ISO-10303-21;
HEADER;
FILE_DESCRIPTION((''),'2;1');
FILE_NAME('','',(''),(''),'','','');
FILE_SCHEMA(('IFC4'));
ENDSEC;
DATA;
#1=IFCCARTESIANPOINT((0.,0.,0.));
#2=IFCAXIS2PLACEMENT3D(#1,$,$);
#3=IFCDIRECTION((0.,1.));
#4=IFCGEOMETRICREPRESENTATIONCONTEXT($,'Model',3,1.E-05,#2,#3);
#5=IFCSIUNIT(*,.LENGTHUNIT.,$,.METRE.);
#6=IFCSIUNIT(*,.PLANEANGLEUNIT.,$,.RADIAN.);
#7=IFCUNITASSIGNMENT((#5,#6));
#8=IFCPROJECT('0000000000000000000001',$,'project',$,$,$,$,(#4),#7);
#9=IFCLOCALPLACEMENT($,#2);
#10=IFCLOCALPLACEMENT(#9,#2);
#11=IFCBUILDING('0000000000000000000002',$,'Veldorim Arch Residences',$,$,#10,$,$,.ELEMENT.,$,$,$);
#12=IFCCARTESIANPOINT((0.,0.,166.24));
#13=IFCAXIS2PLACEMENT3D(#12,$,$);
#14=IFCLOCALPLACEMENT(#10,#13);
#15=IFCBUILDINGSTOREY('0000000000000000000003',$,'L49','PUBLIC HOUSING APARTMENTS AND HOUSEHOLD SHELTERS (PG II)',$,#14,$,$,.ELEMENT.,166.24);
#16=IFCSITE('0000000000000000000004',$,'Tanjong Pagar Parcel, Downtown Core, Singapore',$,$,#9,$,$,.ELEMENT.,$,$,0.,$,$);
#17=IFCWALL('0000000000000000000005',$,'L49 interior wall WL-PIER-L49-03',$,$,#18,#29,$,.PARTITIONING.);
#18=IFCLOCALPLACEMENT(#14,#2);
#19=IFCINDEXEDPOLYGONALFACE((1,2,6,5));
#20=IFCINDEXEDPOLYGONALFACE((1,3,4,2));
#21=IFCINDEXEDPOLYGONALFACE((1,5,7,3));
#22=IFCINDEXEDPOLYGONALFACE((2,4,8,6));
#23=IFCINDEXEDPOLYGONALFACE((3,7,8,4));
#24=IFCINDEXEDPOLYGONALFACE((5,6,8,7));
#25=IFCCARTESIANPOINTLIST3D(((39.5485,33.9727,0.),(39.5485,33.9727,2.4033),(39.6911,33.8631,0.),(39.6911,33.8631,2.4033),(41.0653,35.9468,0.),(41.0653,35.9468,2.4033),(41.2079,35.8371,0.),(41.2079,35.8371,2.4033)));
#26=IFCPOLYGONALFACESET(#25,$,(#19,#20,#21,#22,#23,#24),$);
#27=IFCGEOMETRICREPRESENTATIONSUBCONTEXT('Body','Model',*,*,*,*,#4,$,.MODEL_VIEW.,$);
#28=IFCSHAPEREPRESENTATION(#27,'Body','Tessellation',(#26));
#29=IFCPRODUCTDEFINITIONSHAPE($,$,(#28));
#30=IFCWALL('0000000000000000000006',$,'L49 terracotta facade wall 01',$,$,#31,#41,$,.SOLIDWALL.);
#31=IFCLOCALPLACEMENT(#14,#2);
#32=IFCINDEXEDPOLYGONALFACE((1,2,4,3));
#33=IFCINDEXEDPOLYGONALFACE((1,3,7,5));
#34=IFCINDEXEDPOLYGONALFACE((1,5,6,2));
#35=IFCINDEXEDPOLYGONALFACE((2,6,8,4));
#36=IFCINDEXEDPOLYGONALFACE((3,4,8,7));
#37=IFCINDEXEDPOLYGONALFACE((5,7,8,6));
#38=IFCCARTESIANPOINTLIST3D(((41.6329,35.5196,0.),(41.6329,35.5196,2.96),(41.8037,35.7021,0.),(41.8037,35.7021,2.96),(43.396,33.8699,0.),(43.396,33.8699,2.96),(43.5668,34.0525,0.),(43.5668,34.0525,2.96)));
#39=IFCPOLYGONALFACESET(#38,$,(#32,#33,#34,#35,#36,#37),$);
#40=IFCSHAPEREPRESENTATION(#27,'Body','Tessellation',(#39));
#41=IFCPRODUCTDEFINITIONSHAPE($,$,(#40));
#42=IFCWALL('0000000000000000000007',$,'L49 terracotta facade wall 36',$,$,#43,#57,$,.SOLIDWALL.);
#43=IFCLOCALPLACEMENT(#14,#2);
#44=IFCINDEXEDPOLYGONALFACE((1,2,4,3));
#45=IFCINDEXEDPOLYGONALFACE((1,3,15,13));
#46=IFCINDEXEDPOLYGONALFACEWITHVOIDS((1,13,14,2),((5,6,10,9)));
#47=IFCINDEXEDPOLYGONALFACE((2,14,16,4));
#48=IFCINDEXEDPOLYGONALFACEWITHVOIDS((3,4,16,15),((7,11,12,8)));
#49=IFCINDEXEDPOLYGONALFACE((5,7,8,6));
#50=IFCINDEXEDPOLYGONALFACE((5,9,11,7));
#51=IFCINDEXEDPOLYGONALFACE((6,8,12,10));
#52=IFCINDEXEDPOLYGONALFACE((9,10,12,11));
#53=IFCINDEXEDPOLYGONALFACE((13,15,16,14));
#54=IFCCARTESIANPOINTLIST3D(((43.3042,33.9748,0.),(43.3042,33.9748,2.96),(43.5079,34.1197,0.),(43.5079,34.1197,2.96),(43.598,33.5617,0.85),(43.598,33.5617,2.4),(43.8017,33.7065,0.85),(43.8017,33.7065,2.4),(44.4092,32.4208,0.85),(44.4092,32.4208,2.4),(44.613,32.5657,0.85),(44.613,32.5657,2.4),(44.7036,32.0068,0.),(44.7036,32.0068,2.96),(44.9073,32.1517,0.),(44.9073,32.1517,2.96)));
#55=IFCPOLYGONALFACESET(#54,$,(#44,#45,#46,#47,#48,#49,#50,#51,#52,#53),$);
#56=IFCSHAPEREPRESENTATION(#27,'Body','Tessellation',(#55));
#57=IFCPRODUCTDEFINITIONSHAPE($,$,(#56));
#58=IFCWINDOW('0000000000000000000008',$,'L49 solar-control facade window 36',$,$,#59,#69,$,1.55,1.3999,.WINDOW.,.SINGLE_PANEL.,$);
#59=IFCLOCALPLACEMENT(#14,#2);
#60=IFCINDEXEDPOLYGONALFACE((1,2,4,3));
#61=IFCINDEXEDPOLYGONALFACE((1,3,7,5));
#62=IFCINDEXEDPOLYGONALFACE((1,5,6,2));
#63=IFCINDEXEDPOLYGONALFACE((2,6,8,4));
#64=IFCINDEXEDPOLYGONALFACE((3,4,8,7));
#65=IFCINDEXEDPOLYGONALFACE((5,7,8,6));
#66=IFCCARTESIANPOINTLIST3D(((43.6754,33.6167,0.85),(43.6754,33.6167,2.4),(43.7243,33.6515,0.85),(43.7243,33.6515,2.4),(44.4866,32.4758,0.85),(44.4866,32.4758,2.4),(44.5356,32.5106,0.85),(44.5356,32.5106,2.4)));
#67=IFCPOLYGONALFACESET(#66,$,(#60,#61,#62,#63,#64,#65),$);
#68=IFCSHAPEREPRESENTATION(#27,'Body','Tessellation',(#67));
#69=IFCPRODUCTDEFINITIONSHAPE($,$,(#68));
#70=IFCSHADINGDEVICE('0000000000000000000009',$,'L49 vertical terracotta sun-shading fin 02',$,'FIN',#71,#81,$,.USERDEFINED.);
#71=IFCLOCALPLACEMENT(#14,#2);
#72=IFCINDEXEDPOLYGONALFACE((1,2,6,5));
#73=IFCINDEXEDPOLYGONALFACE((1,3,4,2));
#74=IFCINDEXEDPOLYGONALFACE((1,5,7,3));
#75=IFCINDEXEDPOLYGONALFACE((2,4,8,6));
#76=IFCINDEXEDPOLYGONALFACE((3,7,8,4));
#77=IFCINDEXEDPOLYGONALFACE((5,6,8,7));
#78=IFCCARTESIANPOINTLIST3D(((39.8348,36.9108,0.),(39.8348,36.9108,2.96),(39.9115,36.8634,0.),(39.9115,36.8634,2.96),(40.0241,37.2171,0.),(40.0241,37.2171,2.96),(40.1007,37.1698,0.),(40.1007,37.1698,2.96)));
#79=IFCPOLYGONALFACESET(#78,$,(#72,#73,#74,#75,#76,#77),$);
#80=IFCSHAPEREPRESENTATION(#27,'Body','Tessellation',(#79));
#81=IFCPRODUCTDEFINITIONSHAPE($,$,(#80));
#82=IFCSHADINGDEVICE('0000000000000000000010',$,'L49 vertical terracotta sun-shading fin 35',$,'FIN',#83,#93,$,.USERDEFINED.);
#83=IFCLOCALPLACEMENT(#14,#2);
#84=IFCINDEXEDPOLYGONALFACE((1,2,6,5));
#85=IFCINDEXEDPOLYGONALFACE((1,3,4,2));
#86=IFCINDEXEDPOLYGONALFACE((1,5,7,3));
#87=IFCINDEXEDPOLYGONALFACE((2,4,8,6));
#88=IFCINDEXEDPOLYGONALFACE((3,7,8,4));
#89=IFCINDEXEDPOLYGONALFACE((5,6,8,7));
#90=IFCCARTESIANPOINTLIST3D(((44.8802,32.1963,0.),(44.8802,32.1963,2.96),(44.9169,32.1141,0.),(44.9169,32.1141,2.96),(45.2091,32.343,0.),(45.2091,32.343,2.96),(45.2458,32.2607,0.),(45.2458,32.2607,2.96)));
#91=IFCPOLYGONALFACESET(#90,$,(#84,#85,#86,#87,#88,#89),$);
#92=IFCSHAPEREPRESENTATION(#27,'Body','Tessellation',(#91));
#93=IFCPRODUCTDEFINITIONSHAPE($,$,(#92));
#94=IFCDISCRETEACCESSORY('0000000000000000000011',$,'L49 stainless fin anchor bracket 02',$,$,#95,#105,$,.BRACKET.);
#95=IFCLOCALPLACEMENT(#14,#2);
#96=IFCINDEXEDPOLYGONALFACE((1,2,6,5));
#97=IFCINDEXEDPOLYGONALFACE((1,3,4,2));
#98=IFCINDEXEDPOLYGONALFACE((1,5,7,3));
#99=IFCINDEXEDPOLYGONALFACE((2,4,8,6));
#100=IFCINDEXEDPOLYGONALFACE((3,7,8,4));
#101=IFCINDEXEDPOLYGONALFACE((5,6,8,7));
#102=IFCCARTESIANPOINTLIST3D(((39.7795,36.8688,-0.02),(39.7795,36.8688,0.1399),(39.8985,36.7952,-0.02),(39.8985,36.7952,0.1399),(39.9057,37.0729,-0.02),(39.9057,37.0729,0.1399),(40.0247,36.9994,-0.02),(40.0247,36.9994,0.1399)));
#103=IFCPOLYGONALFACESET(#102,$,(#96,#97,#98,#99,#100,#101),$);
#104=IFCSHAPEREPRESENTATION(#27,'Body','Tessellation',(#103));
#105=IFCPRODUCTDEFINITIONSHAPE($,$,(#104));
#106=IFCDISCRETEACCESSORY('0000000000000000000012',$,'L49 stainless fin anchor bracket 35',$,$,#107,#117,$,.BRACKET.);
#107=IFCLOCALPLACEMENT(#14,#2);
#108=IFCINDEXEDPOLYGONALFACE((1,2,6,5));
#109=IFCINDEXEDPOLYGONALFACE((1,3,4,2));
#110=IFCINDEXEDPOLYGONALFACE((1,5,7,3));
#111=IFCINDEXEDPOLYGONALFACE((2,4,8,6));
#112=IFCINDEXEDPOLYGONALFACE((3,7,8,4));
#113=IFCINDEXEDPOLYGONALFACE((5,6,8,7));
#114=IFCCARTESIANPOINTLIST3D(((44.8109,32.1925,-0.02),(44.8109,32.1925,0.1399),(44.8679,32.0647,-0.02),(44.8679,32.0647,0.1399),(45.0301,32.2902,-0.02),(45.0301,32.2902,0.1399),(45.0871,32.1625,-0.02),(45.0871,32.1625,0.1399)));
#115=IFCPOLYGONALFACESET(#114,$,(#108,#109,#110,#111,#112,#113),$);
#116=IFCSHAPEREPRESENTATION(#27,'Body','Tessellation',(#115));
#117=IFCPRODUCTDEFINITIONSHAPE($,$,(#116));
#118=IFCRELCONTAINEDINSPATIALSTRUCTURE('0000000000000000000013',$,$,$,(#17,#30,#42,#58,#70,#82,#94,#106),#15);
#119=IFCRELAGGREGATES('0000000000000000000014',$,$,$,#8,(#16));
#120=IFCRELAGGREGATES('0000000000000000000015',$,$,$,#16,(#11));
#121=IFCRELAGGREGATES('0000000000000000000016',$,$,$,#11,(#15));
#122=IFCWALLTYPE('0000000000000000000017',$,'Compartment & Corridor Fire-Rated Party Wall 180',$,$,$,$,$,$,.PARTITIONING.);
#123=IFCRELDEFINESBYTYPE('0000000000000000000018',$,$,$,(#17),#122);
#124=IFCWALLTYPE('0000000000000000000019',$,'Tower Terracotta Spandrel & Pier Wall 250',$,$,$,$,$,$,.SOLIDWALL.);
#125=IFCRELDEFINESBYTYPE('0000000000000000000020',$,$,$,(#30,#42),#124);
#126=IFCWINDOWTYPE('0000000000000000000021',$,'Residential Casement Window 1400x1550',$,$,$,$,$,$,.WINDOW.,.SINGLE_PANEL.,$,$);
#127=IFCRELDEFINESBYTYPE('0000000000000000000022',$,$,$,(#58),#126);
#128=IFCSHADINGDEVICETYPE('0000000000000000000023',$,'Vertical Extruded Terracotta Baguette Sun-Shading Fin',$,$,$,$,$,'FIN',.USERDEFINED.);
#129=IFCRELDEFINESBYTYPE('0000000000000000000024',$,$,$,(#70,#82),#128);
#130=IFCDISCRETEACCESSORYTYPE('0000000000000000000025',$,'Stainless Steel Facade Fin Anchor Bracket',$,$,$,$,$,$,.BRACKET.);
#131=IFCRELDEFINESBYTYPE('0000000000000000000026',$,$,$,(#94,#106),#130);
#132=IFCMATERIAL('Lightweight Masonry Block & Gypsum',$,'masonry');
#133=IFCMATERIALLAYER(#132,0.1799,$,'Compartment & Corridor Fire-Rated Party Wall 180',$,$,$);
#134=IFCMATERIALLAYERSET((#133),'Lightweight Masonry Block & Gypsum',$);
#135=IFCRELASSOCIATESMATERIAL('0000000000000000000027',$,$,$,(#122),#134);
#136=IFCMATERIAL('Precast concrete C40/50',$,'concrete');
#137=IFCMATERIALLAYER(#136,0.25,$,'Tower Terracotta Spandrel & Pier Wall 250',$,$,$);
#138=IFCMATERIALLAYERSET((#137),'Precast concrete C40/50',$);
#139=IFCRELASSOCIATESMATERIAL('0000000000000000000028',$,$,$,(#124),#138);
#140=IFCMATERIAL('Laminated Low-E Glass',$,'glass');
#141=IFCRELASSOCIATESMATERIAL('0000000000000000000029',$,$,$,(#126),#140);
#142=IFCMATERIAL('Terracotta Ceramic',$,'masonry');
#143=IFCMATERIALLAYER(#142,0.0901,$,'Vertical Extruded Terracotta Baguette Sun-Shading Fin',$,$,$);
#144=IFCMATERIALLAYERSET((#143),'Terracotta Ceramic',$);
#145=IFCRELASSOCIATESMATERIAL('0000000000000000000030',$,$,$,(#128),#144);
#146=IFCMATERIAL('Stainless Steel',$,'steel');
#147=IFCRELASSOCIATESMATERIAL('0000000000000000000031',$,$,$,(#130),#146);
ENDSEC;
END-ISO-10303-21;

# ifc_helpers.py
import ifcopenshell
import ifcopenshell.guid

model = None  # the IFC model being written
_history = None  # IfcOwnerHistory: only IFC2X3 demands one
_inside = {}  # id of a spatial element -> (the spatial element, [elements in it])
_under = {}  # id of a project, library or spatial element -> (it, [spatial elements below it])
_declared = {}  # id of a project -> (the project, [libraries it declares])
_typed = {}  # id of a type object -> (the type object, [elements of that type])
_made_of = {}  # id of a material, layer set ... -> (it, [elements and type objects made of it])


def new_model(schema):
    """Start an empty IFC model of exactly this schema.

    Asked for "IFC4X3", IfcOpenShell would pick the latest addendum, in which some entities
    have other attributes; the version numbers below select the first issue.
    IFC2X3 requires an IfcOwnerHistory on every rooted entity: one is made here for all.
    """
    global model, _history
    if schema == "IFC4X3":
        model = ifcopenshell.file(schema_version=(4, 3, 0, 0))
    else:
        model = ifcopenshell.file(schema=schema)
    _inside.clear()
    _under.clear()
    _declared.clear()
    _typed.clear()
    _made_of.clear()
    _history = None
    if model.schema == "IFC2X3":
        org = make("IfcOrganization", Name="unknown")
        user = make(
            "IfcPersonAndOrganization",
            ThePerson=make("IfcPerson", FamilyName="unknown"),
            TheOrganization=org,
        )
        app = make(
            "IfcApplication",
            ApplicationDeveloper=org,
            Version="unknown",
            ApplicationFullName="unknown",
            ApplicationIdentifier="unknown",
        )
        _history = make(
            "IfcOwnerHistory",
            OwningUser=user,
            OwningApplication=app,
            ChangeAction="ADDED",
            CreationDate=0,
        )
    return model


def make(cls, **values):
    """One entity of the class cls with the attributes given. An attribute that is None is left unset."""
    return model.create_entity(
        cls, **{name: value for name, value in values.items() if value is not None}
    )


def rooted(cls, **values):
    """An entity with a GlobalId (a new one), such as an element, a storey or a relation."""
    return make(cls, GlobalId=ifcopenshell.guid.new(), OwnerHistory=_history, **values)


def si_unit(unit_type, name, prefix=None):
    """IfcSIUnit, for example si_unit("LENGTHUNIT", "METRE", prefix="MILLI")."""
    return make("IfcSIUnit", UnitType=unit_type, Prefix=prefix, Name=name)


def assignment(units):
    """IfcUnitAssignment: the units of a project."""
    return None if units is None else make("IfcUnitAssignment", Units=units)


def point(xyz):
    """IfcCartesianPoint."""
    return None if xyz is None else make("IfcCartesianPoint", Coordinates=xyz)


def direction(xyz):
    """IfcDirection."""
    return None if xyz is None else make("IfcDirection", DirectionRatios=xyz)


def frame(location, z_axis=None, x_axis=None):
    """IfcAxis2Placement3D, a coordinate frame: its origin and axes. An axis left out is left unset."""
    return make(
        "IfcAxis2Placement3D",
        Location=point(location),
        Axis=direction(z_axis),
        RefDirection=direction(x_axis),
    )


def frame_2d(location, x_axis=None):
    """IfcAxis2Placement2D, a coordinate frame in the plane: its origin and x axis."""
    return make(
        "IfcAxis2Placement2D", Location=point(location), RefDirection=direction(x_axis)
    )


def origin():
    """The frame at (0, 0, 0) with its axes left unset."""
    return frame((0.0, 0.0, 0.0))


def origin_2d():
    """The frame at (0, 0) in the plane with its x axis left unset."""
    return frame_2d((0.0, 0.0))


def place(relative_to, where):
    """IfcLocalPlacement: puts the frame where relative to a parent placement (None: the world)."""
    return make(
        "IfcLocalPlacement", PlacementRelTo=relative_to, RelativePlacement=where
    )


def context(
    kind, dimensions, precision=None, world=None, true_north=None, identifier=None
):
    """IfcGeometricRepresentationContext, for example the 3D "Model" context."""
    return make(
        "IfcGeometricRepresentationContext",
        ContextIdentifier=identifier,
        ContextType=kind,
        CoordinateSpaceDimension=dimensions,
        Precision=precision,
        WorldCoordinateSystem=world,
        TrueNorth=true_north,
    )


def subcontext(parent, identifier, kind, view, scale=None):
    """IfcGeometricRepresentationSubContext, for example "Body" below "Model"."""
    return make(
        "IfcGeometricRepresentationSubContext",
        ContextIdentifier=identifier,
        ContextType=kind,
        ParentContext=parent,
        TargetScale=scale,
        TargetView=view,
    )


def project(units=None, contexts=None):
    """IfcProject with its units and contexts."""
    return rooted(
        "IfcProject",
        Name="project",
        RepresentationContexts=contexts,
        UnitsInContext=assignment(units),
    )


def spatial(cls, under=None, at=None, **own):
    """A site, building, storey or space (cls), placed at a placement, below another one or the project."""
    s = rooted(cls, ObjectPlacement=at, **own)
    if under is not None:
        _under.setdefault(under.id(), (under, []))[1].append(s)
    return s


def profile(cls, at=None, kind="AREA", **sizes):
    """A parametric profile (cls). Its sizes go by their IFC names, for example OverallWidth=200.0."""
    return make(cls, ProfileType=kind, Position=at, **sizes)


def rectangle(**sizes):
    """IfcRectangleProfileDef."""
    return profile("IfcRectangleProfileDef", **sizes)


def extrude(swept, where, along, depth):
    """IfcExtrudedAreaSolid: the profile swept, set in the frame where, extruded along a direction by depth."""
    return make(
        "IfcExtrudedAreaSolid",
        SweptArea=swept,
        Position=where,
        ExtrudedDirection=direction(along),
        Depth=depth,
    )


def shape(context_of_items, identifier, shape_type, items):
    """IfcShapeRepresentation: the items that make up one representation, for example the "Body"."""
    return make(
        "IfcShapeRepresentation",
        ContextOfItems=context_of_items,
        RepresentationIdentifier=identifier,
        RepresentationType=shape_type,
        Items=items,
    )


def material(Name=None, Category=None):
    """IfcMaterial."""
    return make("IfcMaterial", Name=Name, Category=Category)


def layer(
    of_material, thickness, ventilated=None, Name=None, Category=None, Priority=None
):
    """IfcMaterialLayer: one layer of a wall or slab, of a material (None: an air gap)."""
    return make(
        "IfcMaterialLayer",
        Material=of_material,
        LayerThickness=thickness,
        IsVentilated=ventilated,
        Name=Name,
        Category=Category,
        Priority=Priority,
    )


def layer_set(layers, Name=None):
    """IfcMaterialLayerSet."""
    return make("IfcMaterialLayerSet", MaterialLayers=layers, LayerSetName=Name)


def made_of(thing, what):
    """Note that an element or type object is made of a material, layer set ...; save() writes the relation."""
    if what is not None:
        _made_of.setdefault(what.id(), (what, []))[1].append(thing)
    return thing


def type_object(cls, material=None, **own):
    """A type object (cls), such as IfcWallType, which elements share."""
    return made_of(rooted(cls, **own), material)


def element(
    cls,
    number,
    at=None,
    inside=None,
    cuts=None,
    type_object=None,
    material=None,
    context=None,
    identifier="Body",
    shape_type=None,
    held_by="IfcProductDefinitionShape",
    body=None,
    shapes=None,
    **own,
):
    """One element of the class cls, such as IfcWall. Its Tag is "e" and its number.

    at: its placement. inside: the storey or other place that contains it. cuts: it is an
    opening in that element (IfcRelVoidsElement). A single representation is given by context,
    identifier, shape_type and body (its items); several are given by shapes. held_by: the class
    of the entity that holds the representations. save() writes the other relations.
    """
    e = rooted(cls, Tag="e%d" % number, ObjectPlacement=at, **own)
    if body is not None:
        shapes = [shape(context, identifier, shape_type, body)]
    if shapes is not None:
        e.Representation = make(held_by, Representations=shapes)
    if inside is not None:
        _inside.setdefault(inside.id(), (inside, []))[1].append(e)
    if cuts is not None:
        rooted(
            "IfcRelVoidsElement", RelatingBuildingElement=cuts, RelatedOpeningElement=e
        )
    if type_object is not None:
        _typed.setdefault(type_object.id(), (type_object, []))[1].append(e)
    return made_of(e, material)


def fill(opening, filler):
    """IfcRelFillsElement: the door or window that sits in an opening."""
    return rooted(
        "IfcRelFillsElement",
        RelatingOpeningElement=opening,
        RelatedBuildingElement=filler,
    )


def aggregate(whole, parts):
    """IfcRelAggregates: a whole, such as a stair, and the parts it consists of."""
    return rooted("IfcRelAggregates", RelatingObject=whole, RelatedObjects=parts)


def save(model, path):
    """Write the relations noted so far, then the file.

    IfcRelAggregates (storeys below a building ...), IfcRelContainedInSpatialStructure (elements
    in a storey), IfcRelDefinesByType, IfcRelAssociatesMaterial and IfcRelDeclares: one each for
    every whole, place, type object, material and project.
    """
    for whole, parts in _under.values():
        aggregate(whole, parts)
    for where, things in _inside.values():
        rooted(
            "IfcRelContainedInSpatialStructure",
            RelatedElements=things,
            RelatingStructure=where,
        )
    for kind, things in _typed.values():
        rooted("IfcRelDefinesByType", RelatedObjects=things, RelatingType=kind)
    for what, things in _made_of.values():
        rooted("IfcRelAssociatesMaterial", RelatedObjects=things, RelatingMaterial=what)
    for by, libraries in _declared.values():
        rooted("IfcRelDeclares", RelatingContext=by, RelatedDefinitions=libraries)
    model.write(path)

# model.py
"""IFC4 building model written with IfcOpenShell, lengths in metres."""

from ifc_helpers import new_model, si_unit, direction, frame, frame_2d, origin, origin_2d, place, context, subcontext, project, spatial, rectangle, extrude, material, layer, layer_set, type_object, element, fill, save


model = new_model("IFC4")

# Units and contexts
model_context = context("Model", 3, precision=1e-05, world=origin(), true_north=direction((0.0, 1.0)))
body_context = subcontext(model_context, "Body", "Model", "MODEL_VIEW")
ifc_project = project(units=[si_unit("LENGTHUNIT", "METRE"), si_unit("PLANEANGLEUNIT", "RADIAN")], contexts=[model_context])

# Site, building, storey
site_placement = place(None, origin())
site = spatial("IfcSite", under=ifc_project, at=site_placement, Name="Tanjong Pagar Parcel, Downtown Core, Singapore", CompositionType="ELEMENT", RefElevation=0.0)
building_placement = place(site_placement, origin())
building = spatial("IfcBuilding", under=site, at=building_placement, Name="Veldorim Arch Residences", CompositionType="ELEMENT")
storey_placement = place(building_placement, frame((0.0, 0.0, 166.24)))
storey = spatial("IfcBuildingStorey", under=building, at=storey_placement, Name="L49", Description="PUBLIC HOUSING APARTMENTS AND HOUSEHOLD SHELTERS (PG II)", CompositionType="ELEMENT", Elevation=166.24)

# Walls
ifc_material_1 = material(Name="Lightweight Masonry Block & Gypsum", Category="masonry")
ifc_layer_1 = layer(ifc_material_1, 0.1799, Name="Compartment & Corridor Fire-Rated Party Wall 180")
ifc_layer_set_1 = layer_set([ifc_layer_1], Name="Lightweight Masonry Block & Gypsum")
wall_type_1 = type_object("IfcWallType", Name="Compartment & Corridor Fire-Rated Party Wall 180", PredefinedType="PARTITIONING", material=ifc_layer_set_1)
wall_1_placement = place(storey_placement, frame((39.6199, 33.918, 0.0), z_axis=(0.0, 0.0, 1.0), x_axis=(0.609279, 0.792956, 0.0)))
element("IfcWall", 1, at=wall_1_placement, inside=storey, type_object=wall_type_1, Name="L49 interior wall WL-PIER-L49-03", PredefinedType="PARTITIONING", context=body_context, shape_type="SweptSolid", body=[
    extrude(rectangle(XDim=2.4895, YDim=0.1799, at=frame_2d((1.2446, 0.0))), origin(), (0.0, 0.0, 1.0), 2.4033),
])
ifc_material_2 = material(Name="Precast concrete C40/50", Category="concrete")
ifc_layer_2 = layer(ifc_material_2, 0.25, Name="Tower Terracotta Spandrel & Pier Wall 250")
ifc_layer_set_2 = layer_set([ifc_layer_2], Name="Precast concrete C40/50")
wall_type_2 = type_object("IfcWallType", Name="Tower Terracotta Spandrel & Pier Wall 250", PredefinedType="SOLIDWALL", material=ifc_layer_set_2)
wall_2_placement = place(storey_placement, frame((41.7183, 35.6108, 0.0), z_axis=(0.0, 0.0, 1.0), x_axis=(0.730224, -0.683208, 0.0)))
element("IfcWall", 2, at=wall_2_placement, inside=storey, type_object=wall_type_2, Name="L49 terracotta facade wall 01", PredefinedType="SOLIDWALL", context=body_context, shape_type="SweptSolid", body=[
    extrude(rectangle(XDim=2.4146, YDim=0.25, at=frame_2d((1.2073, 0.0))), origin(), (0.0, 0.0, 1.0), 2.96),
])

# Wall, opening, window
wall_3_placement = place(storey_placement, frame((43.406, 34.0474, 0.0), z_axis=(0.0, 0.0, 1.0), x_axis=(0.579506, -0.814968, 0.0)))
wall_3 = element("IfcWall", 3, at=wall_3_placement, inside=storey, type_object=wall_type_2, Name="L49 terracotta facade wall 36", PredefinedType="SOLIDWALL", context=body_context, shape_type="SweptSolid", body=[
    extrude(rectangle(XDim=2.4148, YDim=0.25, at=frame_2d((1.2075, 0.0))), origin(), (0.0, 0.0, 1.0), 2.96),
])
opening_1_placement = place(wall_3_placement, frame((0.5071, 0.0, 0.8501)))
opening_1 = element("IfcOpeningElement", 4, at=opening_1_placement, cuts=wall_3, PredefinedType="OPENING", context=body_context, shape_type="SweptSolid", body=[
    extrude(rectangle(XDim=1.3999, YDim=1.55, at=frame_2d((0.7, 0.7749))), frame((0.0, 0.135, 0.0), z_axis=(0.0, -1.0, 0.0), x_axis=(1.0, 0.0, 0.0)), (0.0, 0.0, 1.0), 0.27),
])
ifc_material_3 = material(Name="Laminated Low-E Glass", Category="glass")
window_type = type_object("IfcWindowType", Name="Residential Casement Window 1400x1550", PartitioningType="SINGLE_PANEL", PredefinedType="WINDOW", material=ifc_material_3)
window_placement = place(opening_1_placement, origin())
window = element("IfcWindow", 5, at=window_placement, inside=storey, type_object=window_type, Name="L49 solar-control facade window 36", OverallHeight=1.55, OverallWidth=1.3999, PartitioningType="SINGLE_PANEL", PredefinedType="WINDOW", context=body_context, shape_type="SweptSolid", body=[
    extrude(rectangle(XDim=1.3999, YDim=1.55, at=frame_2d((0.7, 0.7749))), frame((0.0, 0.03, 0.0), z_axis=(0.0, -1.0, 0.0), x_axis=(1.0, 0.0, 0.0)), (0.0, 0.0, 1.0), 0.0601),
])
fill(opening_1, window)

# Shading devices
ifc_material_4 = material(Name="Terracotta Ceramic", Category="masonry")
ifc_layer_3 = layer(ifc_material_4, 0.0901, Name="Vertical Extruded Terracotta Baguette Sun-Shading Fin")
ifc_layer_set_3 = layer_set([ifc_layer_3], Name="Terracotta Ceramic")
shading_device_type = type_object("IfcShadingDeviceType", Name="Vertical Extruded Terracotta Baguette Sun-Shading Fin", ElementType="FIN", PredefinedType="USERDEFINED", material=ifc_layer_set_3)
for number, where, z_axis, x_axis, name in (
    (6, (39.9678, 37.0403, 0.0), (0.0, 0.0, 1.0), (0.850719, -0.52562, 0.0), "L49 vertical terracotta sun-shading fin 02"),
    (7, (45.063, 32.2285, 0.0), (0.0, 0.0, 1.0), (0.407215, -0.913332, 0.0), "L49 vertical terracotta sun-shading fin 35"),
):
    element("IfcShadingDevice", number, at=place(storey_placement, frame(where, z_axis=z_axis, x_axis=x_axis)), inside=storey, type_object=shading_device_type, Name=name, ObjectType="FIN", PredefinedType="USERDEFINED", context=body_context, shape_type="SweptSolid", body=[
        extrude(rectangle(XDim=0.0901, YDim=0.3601, at=origin_2d()), origin(), (0.0, 0.0, 1.0), 2.96),
    ])

# Discrete accessories
ifc_material_5 = material(Name="Stainless Steel", Category="steel")
discrete_accessory_type = type_object("IfcDiscreteAccessoryType", Name="Stainless Steel Facade Fin Anchor Bracket", PredefinedType="BRACKET", material=ifc_material_5)
for number, where, z_axis, x_axis, name in (
    (8, (39.9021, 36.9341, -0.02), (0.0, 0.0, 1.0), (0.850719, -0.52562, 0.0), "L49 stainless fin anchor bracket 02"),
    (9, (44.949, 32.1775, -0.02), (0.0, 0.0, 1.0), (0.407215, -0.913332, 0.0), "L49 stainless fin anchor bracket 35"),
):
    element("IfcDiscreteAccessory", number, at=place(storey_placement, frame(where, z_axis=z_axis, x_axis=x_axis)), inside=storey, type_object=discrete_accessory_type, Name=name, PredefinedType="BRACKET", context=body_context, shape_type="SweptSolid", body=[
        extrude(rectangle(XDim=0.1399, YDim=0.24, at=origin_2d()), origin(), (0.0, 0.0, 1.0), 0.1599),
    ])

save(model, "model.ifc")
